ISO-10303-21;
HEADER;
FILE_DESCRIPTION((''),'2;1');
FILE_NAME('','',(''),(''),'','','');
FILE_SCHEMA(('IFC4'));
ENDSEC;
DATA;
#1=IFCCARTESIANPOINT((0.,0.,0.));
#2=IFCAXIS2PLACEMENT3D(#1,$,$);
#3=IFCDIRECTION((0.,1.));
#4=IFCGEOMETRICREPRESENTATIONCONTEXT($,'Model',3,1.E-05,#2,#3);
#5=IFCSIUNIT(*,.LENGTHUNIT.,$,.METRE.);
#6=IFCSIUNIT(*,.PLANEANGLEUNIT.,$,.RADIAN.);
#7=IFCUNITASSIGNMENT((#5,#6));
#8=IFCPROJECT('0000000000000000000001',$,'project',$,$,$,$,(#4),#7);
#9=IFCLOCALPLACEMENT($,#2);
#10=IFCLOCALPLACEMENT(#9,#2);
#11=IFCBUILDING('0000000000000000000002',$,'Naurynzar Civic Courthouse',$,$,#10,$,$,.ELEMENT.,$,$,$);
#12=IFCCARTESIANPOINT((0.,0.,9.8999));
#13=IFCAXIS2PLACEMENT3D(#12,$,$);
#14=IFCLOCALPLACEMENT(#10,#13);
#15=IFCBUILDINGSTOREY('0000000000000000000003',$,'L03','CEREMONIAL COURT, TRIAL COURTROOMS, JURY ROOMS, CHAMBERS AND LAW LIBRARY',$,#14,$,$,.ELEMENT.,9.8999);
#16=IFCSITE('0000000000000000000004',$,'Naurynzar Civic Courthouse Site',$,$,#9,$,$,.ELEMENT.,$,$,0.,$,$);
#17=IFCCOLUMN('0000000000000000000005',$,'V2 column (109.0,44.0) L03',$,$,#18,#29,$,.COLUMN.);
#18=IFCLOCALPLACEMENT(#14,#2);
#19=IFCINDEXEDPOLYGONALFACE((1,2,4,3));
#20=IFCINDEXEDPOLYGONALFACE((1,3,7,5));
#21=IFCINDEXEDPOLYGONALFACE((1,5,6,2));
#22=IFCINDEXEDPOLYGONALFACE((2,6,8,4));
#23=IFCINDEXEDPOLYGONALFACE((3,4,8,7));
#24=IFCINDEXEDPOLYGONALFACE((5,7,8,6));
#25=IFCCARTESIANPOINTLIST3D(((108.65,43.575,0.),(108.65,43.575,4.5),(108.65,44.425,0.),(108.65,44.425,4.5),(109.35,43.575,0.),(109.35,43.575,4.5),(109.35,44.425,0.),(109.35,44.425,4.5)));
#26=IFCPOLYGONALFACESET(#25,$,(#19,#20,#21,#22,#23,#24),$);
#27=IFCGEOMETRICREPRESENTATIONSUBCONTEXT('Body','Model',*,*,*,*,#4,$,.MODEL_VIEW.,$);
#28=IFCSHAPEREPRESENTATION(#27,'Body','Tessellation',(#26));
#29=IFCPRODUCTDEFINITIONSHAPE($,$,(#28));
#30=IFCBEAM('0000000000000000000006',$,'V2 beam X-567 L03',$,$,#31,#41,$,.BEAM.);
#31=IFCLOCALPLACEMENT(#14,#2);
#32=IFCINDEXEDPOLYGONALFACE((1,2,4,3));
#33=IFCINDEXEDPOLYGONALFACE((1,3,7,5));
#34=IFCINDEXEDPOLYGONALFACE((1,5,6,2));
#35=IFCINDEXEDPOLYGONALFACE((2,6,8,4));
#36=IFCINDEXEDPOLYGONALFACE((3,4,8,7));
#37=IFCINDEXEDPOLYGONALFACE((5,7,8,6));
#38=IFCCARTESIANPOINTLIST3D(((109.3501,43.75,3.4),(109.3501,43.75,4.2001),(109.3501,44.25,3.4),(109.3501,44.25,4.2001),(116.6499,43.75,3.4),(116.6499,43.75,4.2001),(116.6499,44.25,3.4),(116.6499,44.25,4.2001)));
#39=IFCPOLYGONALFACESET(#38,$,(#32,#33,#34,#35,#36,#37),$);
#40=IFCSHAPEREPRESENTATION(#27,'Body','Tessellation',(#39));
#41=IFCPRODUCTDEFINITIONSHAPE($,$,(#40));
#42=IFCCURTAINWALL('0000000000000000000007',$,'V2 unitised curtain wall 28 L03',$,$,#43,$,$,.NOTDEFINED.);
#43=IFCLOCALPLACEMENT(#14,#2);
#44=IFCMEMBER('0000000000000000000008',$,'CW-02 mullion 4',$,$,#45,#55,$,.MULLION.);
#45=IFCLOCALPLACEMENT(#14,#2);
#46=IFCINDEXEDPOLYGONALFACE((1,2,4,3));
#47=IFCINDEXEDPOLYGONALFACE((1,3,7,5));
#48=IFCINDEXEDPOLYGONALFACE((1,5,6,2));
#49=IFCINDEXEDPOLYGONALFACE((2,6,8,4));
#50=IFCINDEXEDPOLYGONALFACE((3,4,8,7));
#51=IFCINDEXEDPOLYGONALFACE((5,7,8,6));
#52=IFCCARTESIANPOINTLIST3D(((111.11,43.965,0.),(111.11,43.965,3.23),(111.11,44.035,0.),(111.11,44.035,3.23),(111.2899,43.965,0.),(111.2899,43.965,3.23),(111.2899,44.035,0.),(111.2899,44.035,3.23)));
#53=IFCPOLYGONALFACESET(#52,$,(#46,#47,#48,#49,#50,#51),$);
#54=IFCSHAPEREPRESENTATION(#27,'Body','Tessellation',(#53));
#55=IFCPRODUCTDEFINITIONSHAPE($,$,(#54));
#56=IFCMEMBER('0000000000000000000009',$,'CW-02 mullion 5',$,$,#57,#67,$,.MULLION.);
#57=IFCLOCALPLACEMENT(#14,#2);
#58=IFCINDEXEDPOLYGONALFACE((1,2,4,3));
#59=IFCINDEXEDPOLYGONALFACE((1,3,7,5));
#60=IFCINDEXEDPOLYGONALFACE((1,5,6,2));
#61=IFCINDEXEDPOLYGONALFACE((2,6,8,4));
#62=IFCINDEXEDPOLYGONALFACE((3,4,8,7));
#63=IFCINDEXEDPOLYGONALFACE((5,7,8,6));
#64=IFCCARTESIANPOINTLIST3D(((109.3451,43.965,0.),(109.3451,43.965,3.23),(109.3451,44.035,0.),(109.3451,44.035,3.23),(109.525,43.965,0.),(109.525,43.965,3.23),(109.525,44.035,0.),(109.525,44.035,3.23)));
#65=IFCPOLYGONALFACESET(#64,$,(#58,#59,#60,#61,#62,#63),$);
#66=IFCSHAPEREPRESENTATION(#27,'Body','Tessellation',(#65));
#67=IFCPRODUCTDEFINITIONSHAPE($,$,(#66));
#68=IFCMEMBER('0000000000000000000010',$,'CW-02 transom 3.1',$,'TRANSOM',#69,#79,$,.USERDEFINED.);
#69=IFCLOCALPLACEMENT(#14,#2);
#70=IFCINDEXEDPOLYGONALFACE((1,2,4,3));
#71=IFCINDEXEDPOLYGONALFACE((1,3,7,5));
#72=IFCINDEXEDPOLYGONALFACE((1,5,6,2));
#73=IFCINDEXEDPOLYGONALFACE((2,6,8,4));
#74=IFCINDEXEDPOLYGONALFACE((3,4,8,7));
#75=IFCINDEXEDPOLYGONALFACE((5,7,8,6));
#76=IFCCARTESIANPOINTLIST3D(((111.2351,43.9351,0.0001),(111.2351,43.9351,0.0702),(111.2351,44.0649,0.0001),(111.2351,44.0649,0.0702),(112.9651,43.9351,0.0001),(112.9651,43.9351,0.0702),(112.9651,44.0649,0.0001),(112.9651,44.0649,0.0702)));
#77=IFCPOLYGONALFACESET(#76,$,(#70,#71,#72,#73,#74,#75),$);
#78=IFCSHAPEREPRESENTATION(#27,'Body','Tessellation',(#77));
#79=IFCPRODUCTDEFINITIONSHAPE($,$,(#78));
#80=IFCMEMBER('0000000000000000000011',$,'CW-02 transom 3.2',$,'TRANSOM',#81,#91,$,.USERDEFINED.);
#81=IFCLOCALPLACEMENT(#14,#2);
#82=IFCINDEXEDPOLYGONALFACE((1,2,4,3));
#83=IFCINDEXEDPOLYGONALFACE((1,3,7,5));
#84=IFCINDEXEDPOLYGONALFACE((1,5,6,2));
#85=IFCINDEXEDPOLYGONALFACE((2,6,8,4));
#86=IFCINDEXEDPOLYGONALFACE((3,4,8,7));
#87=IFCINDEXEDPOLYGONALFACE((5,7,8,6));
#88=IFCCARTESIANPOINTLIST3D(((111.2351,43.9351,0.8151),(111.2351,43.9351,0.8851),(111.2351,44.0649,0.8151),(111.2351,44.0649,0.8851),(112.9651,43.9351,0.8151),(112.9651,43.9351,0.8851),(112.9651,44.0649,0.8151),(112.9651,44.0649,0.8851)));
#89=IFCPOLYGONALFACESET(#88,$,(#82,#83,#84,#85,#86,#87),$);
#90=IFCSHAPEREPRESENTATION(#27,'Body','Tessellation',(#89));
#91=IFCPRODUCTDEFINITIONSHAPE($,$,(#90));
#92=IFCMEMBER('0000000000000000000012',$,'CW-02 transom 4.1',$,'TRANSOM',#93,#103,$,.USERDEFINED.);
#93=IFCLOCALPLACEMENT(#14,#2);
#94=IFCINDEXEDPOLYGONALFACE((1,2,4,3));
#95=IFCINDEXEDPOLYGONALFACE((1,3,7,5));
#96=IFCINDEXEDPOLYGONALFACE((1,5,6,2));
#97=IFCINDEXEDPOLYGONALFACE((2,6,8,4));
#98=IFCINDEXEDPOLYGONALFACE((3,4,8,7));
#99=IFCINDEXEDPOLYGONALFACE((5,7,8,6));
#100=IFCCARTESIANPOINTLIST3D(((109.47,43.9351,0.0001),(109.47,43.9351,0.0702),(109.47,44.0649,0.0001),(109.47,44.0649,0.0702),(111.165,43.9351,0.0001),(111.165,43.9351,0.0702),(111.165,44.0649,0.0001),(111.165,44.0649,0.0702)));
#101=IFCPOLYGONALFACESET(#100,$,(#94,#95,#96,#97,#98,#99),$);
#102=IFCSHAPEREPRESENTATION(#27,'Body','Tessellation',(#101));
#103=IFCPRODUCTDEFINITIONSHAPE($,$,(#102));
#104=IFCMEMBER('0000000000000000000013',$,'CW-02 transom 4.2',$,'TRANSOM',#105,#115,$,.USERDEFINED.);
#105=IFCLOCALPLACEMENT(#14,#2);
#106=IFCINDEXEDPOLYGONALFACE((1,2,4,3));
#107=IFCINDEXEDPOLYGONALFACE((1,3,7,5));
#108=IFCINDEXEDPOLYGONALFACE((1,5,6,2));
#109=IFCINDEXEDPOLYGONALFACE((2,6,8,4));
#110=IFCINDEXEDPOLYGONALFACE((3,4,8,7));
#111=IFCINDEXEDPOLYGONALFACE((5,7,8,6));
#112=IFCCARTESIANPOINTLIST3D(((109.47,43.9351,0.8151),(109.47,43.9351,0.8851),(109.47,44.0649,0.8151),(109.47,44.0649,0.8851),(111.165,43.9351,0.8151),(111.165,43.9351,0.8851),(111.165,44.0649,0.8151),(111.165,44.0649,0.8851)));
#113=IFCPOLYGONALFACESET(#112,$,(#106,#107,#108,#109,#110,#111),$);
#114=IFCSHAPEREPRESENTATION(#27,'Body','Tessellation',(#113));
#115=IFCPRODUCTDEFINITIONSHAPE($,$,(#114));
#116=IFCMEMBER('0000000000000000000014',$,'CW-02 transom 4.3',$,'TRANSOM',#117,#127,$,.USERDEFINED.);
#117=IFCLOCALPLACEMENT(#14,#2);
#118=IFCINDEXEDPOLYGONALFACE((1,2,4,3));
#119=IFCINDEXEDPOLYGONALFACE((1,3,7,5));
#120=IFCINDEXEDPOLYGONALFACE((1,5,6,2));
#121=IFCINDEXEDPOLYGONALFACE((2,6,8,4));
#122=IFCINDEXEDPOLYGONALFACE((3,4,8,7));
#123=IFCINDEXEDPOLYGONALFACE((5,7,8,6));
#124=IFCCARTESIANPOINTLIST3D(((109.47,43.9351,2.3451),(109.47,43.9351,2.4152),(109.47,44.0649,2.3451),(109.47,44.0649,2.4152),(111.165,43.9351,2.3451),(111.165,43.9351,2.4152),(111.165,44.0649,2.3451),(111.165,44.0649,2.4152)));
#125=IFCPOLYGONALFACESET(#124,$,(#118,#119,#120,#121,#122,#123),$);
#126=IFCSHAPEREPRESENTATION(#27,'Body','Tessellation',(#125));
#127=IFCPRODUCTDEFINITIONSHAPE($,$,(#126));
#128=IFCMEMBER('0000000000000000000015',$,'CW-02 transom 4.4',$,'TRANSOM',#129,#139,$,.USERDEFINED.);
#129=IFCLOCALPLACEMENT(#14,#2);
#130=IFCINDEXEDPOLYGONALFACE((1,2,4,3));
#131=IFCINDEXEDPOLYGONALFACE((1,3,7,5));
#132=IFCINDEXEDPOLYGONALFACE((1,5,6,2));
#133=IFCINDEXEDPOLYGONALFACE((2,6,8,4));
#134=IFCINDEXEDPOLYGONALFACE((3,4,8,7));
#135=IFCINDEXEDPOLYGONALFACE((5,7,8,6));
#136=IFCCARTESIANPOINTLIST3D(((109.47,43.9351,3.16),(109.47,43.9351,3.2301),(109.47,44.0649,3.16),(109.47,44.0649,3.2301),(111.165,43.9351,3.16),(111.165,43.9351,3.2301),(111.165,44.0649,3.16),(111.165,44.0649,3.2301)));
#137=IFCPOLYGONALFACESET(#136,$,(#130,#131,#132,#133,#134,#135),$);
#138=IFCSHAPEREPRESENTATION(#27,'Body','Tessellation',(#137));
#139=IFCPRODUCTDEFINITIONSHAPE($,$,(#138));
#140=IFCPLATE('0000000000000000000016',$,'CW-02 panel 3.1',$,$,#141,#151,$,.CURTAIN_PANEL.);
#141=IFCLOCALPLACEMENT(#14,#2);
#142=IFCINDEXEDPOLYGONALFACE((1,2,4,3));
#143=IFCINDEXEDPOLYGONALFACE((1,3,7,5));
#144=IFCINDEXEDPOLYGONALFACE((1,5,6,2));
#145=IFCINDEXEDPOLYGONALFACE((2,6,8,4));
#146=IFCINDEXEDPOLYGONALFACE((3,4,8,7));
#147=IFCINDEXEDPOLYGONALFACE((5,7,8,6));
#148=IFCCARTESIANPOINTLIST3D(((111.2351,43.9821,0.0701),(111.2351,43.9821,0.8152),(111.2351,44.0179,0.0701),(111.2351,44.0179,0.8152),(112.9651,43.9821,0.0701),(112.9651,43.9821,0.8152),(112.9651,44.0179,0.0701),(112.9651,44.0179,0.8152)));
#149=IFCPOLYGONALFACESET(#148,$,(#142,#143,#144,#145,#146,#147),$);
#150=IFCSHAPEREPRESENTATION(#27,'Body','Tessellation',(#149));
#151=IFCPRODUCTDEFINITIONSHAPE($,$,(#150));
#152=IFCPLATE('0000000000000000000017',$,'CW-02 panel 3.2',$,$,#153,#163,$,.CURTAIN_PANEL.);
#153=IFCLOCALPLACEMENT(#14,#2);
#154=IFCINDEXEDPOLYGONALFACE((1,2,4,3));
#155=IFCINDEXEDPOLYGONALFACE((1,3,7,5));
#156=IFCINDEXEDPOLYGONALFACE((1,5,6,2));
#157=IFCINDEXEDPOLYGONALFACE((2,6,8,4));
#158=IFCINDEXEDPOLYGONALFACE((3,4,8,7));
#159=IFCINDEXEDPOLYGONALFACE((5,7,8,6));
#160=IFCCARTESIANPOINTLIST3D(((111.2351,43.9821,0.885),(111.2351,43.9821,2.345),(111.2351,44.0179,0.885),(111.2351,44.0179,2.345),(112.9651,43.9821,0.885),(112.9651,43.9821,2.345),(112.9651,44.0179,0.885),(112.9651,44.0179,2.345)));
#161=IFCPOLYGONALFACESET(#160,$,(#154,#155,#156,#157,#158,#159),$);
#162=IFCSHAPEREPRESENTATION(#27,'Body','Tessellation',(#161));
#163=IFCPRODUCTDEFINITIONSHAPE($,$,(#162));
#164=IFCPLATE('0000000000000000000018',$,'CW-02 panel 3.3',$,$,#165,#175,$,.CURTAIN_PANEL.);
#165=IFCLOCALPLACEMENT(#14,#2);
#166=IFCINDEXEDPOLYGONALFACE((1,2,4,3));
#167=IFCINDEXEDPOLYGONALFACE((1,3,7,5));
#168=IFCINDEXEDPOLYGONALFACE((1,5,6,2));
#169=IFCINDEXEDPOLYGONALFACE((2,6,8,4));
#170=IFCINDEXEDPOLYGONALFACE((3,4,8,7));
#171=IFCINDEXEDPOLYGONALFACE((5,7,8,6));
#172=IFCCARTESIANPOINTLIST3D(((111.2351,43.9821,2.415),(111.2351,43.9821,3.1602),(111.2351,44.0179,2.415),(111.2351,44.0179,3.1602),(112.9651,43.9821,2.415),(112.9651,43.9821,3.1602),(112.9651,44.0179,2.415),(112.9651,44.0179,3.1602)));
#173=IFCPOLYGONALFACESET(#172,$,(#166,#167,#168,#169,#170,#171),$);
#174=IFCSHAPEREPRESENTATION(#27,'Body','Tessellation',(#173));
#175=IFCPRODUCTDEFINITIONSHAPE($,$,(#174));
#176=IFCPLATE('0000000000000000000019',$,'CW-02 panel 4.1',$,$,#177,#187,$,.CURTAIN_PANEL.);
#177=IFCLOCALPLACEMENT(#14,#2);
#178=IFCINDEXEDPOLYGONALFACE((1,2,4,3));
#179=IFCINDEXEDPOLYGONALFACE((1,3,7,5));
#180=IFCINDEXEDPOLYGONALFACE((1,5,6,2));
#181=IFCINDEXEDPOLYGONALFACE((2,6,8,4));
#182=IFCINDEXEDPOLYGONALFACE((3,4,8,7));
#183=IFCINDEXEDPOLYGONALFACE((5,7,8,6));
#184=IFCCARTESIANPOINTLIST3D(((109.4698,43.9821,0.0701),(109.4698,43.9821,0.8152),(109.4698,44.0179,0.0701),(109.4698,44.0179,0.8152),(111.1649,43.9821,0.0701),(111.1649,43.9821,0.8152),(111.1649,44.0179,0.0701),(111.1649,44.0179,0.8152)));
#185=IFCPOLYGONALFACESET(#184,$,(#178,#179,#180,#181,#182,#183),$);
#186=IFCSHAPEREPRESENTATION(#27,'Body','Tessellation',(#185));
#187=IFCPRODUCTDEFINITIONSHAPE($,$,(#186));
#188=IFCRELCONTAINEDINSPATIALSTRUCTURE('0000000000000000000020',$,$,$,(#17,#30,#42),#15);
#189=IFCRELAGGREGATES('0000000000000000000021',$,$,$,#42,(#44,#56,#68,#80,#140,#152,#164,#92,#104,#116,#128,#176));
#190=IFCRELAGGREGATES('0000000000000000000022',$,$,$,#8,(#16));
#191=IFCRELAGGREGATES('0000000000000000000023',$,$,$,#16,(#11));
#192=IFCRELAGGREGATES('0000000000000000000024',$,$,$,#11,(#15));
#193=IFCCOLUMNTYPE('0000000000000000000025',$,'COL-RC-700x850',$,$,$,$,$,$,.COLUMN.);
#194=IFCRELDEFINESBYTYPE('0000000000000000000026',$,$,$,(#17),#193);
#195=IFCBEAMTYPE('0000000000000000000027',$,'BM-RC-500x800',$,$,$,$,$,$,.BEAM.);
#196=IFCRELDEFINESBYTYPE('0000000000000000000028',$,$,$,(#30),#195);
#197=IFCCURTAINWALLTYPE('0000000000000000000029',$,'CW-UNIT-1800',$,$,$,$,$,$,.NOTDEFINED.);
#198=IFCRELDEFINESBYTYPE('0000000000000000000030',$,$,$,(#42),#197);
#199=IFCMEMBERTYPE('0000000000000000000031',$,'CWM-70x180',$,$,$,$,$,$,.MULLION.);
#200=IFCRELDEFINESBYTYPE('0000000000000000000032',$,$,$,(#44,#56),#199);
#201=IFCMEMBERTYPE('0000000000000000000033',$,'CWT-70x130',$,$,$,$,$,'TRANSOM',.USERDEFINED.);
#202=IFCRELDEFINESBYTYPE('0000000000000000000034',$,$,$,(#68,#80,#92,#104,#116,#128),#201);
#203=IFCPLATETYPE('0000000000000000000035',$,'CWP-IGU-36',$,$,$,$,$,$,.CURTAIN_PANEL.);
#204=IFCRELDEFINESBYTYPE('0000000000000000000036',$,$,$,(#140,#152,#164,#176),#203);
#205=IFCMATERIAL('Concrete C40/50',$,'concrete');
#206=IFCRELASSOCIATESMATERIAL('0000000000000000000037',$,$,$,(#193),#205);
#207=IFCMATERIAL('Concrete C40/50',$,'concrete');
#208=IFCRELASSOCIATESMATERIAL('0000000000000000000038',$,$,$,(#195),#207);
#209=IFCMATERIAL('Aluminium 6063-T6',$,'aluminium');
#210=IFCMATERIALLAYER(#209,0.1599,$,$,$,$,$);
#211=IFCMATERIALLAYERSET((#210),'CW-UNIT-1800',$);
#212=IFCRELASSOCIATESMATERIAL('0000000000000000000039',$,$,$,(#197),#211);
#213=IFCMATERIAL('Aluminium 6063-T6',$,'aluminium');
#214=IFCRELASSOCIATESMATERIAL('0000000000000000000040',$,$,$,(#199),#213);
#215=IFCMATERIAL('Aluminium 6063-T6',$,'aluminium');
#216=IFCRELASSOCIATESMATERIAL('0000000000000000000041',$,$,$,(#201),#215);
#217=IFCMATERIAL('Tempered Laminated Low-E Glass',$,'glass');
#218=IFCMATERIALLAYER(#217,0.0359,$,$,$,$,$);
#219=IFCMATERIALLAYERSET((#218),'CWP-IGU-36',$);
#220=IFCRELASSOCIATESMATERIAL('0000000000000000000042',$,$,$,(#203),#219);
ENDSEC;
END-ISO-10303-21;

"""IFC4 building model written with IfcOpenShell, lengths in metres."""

from ifc_helpers import new_model, si_unit, direction, frame, origin, origin_2d, place, context, subcontext, project, spatial, rectangle, extrude, material, layer, layer_set, material_profile, profile_set, type_object, element, aggregate, save


model = new_model("IFC4")

# Units and contexts
model_context = context("Model", 3, precision=1e-05, world=origin(), true_north=direction((0.0, 1.0)))
body_context = subcontext(model_context, "Body", "Model", "MODEL_VIEW")
ifc_project = project(units=[si_unit("LENGTHUNIT", "METRE"), si_unit("PLANEANGLEUNIT", "RADIAN")], contexts=[model_context])

# Site, building, storey
site_placement = place(None, origin())
site = spatial("IfcSite", under=ifc_project, at=site_placement, Name="Naurynzar Civic Courthouse Site", CompositionType="ELEMENT", RefElevation=0.0)
building_placement = place(site_placement, origin())
building = spatial("IfcBuilding", under=site, at=building_placement, Name="Naurynzar Civic Courthouse", CompositionType="ELEMENT")
storey_placement = place(building_placement, frame((0.0, 0.0, 9.8999)))
storey = spatial("IfcBuildingStorey", under=building, at=storey_placement, Name="L03", Description="CEREMONIAL COURT, TRIAL COURTROOMS, JURY ROOMS, CHAMBERS AND LAW LIBRARY", CompositionType="ELEMENT", Elevation=9.8999)

# Column
ifc_material_1 = material(Name="Concrete C40/50", Category="concrete")
ifc_material_profile_1 = material_profile(ifc_material_1, rectangle(XDim=0.7, YDim=0.8501, at=origin_2d()), Name="RC 700x850")
ifc_profile_set_1 = profile_set([ifc_material_profile_1], Name="Concrete C40/50")
column_type = type_object("IfcColumnType", Name="COL-RC-700x850", PredefinedType="COLUMN", material=ifc_profile_set_1)
column_placement = place(storey_placement, frame((109.0, 44.0, 0.0), z_axis=(0.0, 0.0, 1.0), x_axis=(1.0, 0.0, 0.0)))
element("IfcColumn", 1, at=column_placement, inside=storey, type_object=column_type, Name="V2 column (109.0,44.0) L03", PredefinedType="COLUMN", context=body_context, shape_type="SweptSolid", body=[
    extrude(rectangle(XDim=0.7, YDim=0.8501, at=origin_2d()), origin(), (0.0, 0.0, 1.0), 4.5),
])

# Beam
ifc_material_2 = material(Name="Concrete C40/50", Category="concrete")
ifc_material_profile_2 = material_profile(ifc_material_2, rectangle(XDim=0.5, YDim=0.8, at=origin_2d()), Name="RCB 500x800")
ifc_profile_set_2 = profile_set([ifc_material_profile_2], Name="Concrete C40/50")
beam_type = type_object("IfcBeamType", Name="BM-RC-500x800", PredefinedType="BEAM", material=ifc_profile_set_2)
beam_placement = place(storey_placement, frame((109.3501, 44.0, 3.8), z_axis=(1.0, 0.0, 0.0), x_axis=(0.0, 1.0, 0.0)))
element("IfcBeam", 2, at=beam_placement, inside=storey, type_object=beam_type, Name="V2 beam X-567 L03", PredefinedType="BEAM", context=body_context, shape_type="SweptSolid", body=[
    extrude(rectangle(XDim=0.5, YDim=0.8, at=origin_2d()), origin(), (0.0, 0.0, 1.0), 7.2998),
])

# Curtain wall, members, plates
ifc_material_3 = material(Name="Aluminium 6063-T6", Category="aluminium")
ifc_layer_1 = layer(ifc_material_3, 0.1599)
ifc_layer_set_1 = layer_set([ifc_layer_1], Name="CW-UNIT-1800")
curtain_wall_type = type_object("IfcCurtainWallType", Name="CW-UNIT-1800", PredefinedType="NOTDEFINED", material=ifc_layer_set_1)
curtain_wall_placement = place(storey_placement, origin())
curtain_wall = element("IfcCurtainWall", 3, at=curtain_wall_placement, inside=storey, type_object=curtain_wall_type, Name="V2 unitised curtain wall 28 L03", PredefinedType="NOTDEFINED")
ifc_material_4 = material(Name="Aluminium 6063-T6", Category="aluminium")
ifc_material_profile_3 = material_profile(ifc_material_4, rectangle(XDim=0.0701, YDim=0.1799, at=origin_2d()), Name="ALU MULLION 70x180")
ifc_profile_set_3 = profile_set([ifc_material_profile_3], Name="Aluminium 6063-T6")
member_type_1 = type_object("IfcMemberType", Name="CWM-70x180", PredefinedType="MULLION", material=ifc_profile_set_3)
member_1_placement = place(storey_placement, frame((111.2, 44.0, 0.0), z_axis=(0.0, 0.0, 1.0), x_axis=(0.0, -1.0, 0.0)))
member_1 = element("IfcMember", 4, at=member_1_placement, type_object=member_type_1, Name="CW-02 mullion 4", PredefinedType="MULLION", context=body_context, shape_type="SweptSolid", body=[
    extrude(rectangle(XDim=0.0701, YDim=0.1799, at=origin_2d()), origin(), (0.0, 0.0, 1.0), 3.23),
])
member_2_placement = place(storey_placement, frame((109.4351, 44.0, 0.0), z_axis=(0.0, 0.0, 1.0), x_axis=(0.0, -1.0, 0.0)))
member_2 = element("IfcMember", 5, at=member_2_placement, type_object=member_type_1, Name="CW-02 mullion 5", PredefinedType="MULLION", context=body_context, shape_type="SweptSolid", body=[
    extrude(rectangle(XDim=0.0701, YDim=0.1799, at=origin_2d()), origin(), (0.0, 0.0, 1.0), 3.23),
])
ifc_material_5 = material(Name="Aluminium 6063-T6", Category="aluminium")
ifc_material_profile_4 = material_profile(ifc_material_5, rectangle(XDim=0.1299, YDim=0.0701, at=origin_2d()), Name="ALU TRANSOM 70x130")
ifc_profile_set_4 = profile_set([ifc_material_profile_4], Name="Aluminium 6063-T6")
member_type_2 = type_object("IfcMemberType", Name="CWT-70x130", ElementType="TRANSOM", PredefinedType="USERDEFINED", material=ifc_profile_set_4)
member_3_placement = place(storey_placement, frame((112.9651, 44.0, 0.0352), z_axis=(-1.0, 0.0, 0.0), x_axis=(0.0, -1.0, 0.0)))
member_3 = element("IfcMember", 6, at=member_3_placement, type_object=member_type_2, Name="CW-02 transom 3.1", ObjectType="TRANSOM", PredefinedType="USERDEFINED", context=body_context, shape_type="SweptSolid", body=[
    extrude(rectangle(XDim=0.1299, YDim=0.0701, at=origin_2d()), origin(), (0.0, 0.0, 1.0), 1.73),
])
member_4_placement = place(storey_placement, frame((112.9651, 44.0, 0.8501), z_axis=(-1.0, 0.0, 0.0), x_axis=(0.0, -1.0, 0.0)))
member_4 = element("IfcMember", 7, at=member_4_placement, type_object=member_type_2, Name="CW-02 transom 3.2", ObjectType="TRANSOM", PredefinedType="USERDEFINED", context=body_context, shape_type="SweptSolid", body=[
    extrude(rectangle(XDim=0.1299, YDim=0.0701, at=origin_2d()), origin(), (0.0, 0.0, 1.0), 1.73),
])
member_5_placement = place(storey_placement, frame((111.165, 44.0, 0.0352), z_axis=(-1.0, 0.0, 0.0), x_axis=(0.0, -1.0, 0.0)))
member_5 = element("IfcMember", 8, at=member_5_placement, type_object=member_type_2, Name="CW-02 transom 4.1", ObjectType="TRANSOM", PredefinedType="USERDEFINED", context=body_context, shape_type="SweptSolid", body=[
    extrude(rectangle(XDim=0.1299, YDim=0.0701, at=origin_2d()), origin(), (0.0, 0.0, 1.0), 1.6951),
])
member_6_placement = place(storey_placement, frame((111.165, 44.0, 0.8501), z_axis=(-1.0, 0.0, 0.0), x_axis=(0.0, -1.0, 0.0)))
member_6 = element("IfcMember", 9, at=member_6_placement, type_object=member_type_2, Name="CW-02 transom 4.2", ObjectType="TRANSOM", PredefinedType="USERDEFINED", context=body_context, shape_type="SweptSolid", body=[
    extrude(rectangle(XDim=0.1299, YDim=0.0701, at=origin_2d()), origin(), (0.0, 0.0, 1.0), 1.6951),
])
member_7_placement = place(storey_placement, frame((111.165, 44.0, 2.3801), z_axis=(-1.0, 0.0, 0.0), x_axis=(0.0, -1.0, 0.0)))
member_7 = element("IfcMember", 10, at=member_7_placement, type_object=member_type_2, Name="CW-02 transom 4.3", ObjectType="TRANSOM", PredefinedType="USERDEFINED", context=body_context, shape_type="SweptSolid", body=[
    extrude(rectangle(XDim=0.1299, YDim=0.0701, at=origin_2d()), origin(), (0.0, 0.0, 1.0), 1.6951),
])
member_8_placement = place(storey_placement, frame((111.165, 44.0, 3.1951), z_axis=(-1.0, 0.0, 0.0), x_axis=(0.0, -1.0, 0.0)))
member_8 = element("IfcMember", 11, at=member_8_placement, type_object=member_type_2, Name="CW-02 transom 4.4", ObjectType="TRANSOM", PredefinedType="USERDEFINED", context=body_context, shape_type="SweptSolid", body=[
    extrude(rectangle(XDim=0.1299, YDim=0.0701, at=origin_2d()), origin(), (0.0, 0.0, 1.0), 1.6951),
])
ifc_material_6 = material(Name="Tempered Laminated Low-E Glass", Category="glass")
ifc_layer_2 = layer(ifc_material_6, 0.0359)
ifc_layer_set_2 = layer_set([ifc_layer_2], Name="CWP-IGU-36")
plate_type = type_object("IfcPlateType", Name="CWP-IGU-36", PredefinedType="CURTAIN_PANEL", material=ifc_layer_set_2)
plate_1_placement = place(storey_placement, frame((112.1001, 44.0, 0.0701), z_axis=(0.0, 0.0, 1.0), x_axis=(-1.0, 0.0, 0.0)))
plate_1 = element("IfcPlate", 12, at=plate_1_placement, type_object=plate_type, Name="CW-02 panel 3.1", PredefinedType="CURTAIN_PANEL", context=body_context, shape_type="SweptSolid", body=[
    extrude(rectangle(XDim=1.73, YDim=0.0359, at=origin_2d()), origin(), (0.0, 0.0, 1.0), 0.7451),
])
plate_2_placement = place(storey_placement, frame((112.1001, 44.0, 0.885), z_axis=(0.0, 0.0, 1.0), x_axis=(-1.0, 0.0, 0.0)))
plate_2 = element("IfcPlate", 13, at=plate_2_placement, type_object=plate_type, Name="CW-02 panel 3.2", PredefinedType="CURTAIN_PANEL", context=body_context, shape_type="SweptSolid", body=[
    extrude(rectangle(XDim=1.73, YDim=0.0359, at=origin_2d()), origin(), (0.0, 0.0, 1.0), 1.46),
])
plate_3_placement = place(storey_placement, frame((112.1001, 44.0, 2.415), z_axis=(0.0, 0.0, 1.0), x_axis=(-1.0, 0.0, 0.0)))
plate_3 = element("IfcPlate", 14, at=plate_3_placement, type_object=plate_type, Name="CW-02 panel 3.3", PredefinedType="CURTAIN_PANEL", context=body_context, shape_type="SweptSolid", body=[
    extrude(rectangle(XDim=1.73, YDim=0.0359, at=origin_2d()), origin(), (0.0, 0.0, 1.0), 0.7451),
])
plate_4_placement = place(storey_placement, frame((110.3174, 44.0, 0.0701), z_axis=(0.0, 0.0, 1.0), x_axis=(-1.0, 0.0, 0.0)))
plate_4 = element("IfcPlate", 15, at=plate_4_placement, type_object=plate_type, Name="CW-02 panel 4.1", PredefinedType="CURTAIN_PANEL", context=body_context, shape_type="SweptSolid", body=[
    extrude(rectangle(XDim=1.6951, YDim=0.0359, at=origin_2d()), origin(), (0.0, 0.0, 1.0), 0.7451),
])
aggregate(curtain_wall, [member_1, member_2, member_3, member_4, plate_1, plate_2, plate_3, member_5, member_6, member_7, member_8, plate_4])

save(model, "model.ifc")
